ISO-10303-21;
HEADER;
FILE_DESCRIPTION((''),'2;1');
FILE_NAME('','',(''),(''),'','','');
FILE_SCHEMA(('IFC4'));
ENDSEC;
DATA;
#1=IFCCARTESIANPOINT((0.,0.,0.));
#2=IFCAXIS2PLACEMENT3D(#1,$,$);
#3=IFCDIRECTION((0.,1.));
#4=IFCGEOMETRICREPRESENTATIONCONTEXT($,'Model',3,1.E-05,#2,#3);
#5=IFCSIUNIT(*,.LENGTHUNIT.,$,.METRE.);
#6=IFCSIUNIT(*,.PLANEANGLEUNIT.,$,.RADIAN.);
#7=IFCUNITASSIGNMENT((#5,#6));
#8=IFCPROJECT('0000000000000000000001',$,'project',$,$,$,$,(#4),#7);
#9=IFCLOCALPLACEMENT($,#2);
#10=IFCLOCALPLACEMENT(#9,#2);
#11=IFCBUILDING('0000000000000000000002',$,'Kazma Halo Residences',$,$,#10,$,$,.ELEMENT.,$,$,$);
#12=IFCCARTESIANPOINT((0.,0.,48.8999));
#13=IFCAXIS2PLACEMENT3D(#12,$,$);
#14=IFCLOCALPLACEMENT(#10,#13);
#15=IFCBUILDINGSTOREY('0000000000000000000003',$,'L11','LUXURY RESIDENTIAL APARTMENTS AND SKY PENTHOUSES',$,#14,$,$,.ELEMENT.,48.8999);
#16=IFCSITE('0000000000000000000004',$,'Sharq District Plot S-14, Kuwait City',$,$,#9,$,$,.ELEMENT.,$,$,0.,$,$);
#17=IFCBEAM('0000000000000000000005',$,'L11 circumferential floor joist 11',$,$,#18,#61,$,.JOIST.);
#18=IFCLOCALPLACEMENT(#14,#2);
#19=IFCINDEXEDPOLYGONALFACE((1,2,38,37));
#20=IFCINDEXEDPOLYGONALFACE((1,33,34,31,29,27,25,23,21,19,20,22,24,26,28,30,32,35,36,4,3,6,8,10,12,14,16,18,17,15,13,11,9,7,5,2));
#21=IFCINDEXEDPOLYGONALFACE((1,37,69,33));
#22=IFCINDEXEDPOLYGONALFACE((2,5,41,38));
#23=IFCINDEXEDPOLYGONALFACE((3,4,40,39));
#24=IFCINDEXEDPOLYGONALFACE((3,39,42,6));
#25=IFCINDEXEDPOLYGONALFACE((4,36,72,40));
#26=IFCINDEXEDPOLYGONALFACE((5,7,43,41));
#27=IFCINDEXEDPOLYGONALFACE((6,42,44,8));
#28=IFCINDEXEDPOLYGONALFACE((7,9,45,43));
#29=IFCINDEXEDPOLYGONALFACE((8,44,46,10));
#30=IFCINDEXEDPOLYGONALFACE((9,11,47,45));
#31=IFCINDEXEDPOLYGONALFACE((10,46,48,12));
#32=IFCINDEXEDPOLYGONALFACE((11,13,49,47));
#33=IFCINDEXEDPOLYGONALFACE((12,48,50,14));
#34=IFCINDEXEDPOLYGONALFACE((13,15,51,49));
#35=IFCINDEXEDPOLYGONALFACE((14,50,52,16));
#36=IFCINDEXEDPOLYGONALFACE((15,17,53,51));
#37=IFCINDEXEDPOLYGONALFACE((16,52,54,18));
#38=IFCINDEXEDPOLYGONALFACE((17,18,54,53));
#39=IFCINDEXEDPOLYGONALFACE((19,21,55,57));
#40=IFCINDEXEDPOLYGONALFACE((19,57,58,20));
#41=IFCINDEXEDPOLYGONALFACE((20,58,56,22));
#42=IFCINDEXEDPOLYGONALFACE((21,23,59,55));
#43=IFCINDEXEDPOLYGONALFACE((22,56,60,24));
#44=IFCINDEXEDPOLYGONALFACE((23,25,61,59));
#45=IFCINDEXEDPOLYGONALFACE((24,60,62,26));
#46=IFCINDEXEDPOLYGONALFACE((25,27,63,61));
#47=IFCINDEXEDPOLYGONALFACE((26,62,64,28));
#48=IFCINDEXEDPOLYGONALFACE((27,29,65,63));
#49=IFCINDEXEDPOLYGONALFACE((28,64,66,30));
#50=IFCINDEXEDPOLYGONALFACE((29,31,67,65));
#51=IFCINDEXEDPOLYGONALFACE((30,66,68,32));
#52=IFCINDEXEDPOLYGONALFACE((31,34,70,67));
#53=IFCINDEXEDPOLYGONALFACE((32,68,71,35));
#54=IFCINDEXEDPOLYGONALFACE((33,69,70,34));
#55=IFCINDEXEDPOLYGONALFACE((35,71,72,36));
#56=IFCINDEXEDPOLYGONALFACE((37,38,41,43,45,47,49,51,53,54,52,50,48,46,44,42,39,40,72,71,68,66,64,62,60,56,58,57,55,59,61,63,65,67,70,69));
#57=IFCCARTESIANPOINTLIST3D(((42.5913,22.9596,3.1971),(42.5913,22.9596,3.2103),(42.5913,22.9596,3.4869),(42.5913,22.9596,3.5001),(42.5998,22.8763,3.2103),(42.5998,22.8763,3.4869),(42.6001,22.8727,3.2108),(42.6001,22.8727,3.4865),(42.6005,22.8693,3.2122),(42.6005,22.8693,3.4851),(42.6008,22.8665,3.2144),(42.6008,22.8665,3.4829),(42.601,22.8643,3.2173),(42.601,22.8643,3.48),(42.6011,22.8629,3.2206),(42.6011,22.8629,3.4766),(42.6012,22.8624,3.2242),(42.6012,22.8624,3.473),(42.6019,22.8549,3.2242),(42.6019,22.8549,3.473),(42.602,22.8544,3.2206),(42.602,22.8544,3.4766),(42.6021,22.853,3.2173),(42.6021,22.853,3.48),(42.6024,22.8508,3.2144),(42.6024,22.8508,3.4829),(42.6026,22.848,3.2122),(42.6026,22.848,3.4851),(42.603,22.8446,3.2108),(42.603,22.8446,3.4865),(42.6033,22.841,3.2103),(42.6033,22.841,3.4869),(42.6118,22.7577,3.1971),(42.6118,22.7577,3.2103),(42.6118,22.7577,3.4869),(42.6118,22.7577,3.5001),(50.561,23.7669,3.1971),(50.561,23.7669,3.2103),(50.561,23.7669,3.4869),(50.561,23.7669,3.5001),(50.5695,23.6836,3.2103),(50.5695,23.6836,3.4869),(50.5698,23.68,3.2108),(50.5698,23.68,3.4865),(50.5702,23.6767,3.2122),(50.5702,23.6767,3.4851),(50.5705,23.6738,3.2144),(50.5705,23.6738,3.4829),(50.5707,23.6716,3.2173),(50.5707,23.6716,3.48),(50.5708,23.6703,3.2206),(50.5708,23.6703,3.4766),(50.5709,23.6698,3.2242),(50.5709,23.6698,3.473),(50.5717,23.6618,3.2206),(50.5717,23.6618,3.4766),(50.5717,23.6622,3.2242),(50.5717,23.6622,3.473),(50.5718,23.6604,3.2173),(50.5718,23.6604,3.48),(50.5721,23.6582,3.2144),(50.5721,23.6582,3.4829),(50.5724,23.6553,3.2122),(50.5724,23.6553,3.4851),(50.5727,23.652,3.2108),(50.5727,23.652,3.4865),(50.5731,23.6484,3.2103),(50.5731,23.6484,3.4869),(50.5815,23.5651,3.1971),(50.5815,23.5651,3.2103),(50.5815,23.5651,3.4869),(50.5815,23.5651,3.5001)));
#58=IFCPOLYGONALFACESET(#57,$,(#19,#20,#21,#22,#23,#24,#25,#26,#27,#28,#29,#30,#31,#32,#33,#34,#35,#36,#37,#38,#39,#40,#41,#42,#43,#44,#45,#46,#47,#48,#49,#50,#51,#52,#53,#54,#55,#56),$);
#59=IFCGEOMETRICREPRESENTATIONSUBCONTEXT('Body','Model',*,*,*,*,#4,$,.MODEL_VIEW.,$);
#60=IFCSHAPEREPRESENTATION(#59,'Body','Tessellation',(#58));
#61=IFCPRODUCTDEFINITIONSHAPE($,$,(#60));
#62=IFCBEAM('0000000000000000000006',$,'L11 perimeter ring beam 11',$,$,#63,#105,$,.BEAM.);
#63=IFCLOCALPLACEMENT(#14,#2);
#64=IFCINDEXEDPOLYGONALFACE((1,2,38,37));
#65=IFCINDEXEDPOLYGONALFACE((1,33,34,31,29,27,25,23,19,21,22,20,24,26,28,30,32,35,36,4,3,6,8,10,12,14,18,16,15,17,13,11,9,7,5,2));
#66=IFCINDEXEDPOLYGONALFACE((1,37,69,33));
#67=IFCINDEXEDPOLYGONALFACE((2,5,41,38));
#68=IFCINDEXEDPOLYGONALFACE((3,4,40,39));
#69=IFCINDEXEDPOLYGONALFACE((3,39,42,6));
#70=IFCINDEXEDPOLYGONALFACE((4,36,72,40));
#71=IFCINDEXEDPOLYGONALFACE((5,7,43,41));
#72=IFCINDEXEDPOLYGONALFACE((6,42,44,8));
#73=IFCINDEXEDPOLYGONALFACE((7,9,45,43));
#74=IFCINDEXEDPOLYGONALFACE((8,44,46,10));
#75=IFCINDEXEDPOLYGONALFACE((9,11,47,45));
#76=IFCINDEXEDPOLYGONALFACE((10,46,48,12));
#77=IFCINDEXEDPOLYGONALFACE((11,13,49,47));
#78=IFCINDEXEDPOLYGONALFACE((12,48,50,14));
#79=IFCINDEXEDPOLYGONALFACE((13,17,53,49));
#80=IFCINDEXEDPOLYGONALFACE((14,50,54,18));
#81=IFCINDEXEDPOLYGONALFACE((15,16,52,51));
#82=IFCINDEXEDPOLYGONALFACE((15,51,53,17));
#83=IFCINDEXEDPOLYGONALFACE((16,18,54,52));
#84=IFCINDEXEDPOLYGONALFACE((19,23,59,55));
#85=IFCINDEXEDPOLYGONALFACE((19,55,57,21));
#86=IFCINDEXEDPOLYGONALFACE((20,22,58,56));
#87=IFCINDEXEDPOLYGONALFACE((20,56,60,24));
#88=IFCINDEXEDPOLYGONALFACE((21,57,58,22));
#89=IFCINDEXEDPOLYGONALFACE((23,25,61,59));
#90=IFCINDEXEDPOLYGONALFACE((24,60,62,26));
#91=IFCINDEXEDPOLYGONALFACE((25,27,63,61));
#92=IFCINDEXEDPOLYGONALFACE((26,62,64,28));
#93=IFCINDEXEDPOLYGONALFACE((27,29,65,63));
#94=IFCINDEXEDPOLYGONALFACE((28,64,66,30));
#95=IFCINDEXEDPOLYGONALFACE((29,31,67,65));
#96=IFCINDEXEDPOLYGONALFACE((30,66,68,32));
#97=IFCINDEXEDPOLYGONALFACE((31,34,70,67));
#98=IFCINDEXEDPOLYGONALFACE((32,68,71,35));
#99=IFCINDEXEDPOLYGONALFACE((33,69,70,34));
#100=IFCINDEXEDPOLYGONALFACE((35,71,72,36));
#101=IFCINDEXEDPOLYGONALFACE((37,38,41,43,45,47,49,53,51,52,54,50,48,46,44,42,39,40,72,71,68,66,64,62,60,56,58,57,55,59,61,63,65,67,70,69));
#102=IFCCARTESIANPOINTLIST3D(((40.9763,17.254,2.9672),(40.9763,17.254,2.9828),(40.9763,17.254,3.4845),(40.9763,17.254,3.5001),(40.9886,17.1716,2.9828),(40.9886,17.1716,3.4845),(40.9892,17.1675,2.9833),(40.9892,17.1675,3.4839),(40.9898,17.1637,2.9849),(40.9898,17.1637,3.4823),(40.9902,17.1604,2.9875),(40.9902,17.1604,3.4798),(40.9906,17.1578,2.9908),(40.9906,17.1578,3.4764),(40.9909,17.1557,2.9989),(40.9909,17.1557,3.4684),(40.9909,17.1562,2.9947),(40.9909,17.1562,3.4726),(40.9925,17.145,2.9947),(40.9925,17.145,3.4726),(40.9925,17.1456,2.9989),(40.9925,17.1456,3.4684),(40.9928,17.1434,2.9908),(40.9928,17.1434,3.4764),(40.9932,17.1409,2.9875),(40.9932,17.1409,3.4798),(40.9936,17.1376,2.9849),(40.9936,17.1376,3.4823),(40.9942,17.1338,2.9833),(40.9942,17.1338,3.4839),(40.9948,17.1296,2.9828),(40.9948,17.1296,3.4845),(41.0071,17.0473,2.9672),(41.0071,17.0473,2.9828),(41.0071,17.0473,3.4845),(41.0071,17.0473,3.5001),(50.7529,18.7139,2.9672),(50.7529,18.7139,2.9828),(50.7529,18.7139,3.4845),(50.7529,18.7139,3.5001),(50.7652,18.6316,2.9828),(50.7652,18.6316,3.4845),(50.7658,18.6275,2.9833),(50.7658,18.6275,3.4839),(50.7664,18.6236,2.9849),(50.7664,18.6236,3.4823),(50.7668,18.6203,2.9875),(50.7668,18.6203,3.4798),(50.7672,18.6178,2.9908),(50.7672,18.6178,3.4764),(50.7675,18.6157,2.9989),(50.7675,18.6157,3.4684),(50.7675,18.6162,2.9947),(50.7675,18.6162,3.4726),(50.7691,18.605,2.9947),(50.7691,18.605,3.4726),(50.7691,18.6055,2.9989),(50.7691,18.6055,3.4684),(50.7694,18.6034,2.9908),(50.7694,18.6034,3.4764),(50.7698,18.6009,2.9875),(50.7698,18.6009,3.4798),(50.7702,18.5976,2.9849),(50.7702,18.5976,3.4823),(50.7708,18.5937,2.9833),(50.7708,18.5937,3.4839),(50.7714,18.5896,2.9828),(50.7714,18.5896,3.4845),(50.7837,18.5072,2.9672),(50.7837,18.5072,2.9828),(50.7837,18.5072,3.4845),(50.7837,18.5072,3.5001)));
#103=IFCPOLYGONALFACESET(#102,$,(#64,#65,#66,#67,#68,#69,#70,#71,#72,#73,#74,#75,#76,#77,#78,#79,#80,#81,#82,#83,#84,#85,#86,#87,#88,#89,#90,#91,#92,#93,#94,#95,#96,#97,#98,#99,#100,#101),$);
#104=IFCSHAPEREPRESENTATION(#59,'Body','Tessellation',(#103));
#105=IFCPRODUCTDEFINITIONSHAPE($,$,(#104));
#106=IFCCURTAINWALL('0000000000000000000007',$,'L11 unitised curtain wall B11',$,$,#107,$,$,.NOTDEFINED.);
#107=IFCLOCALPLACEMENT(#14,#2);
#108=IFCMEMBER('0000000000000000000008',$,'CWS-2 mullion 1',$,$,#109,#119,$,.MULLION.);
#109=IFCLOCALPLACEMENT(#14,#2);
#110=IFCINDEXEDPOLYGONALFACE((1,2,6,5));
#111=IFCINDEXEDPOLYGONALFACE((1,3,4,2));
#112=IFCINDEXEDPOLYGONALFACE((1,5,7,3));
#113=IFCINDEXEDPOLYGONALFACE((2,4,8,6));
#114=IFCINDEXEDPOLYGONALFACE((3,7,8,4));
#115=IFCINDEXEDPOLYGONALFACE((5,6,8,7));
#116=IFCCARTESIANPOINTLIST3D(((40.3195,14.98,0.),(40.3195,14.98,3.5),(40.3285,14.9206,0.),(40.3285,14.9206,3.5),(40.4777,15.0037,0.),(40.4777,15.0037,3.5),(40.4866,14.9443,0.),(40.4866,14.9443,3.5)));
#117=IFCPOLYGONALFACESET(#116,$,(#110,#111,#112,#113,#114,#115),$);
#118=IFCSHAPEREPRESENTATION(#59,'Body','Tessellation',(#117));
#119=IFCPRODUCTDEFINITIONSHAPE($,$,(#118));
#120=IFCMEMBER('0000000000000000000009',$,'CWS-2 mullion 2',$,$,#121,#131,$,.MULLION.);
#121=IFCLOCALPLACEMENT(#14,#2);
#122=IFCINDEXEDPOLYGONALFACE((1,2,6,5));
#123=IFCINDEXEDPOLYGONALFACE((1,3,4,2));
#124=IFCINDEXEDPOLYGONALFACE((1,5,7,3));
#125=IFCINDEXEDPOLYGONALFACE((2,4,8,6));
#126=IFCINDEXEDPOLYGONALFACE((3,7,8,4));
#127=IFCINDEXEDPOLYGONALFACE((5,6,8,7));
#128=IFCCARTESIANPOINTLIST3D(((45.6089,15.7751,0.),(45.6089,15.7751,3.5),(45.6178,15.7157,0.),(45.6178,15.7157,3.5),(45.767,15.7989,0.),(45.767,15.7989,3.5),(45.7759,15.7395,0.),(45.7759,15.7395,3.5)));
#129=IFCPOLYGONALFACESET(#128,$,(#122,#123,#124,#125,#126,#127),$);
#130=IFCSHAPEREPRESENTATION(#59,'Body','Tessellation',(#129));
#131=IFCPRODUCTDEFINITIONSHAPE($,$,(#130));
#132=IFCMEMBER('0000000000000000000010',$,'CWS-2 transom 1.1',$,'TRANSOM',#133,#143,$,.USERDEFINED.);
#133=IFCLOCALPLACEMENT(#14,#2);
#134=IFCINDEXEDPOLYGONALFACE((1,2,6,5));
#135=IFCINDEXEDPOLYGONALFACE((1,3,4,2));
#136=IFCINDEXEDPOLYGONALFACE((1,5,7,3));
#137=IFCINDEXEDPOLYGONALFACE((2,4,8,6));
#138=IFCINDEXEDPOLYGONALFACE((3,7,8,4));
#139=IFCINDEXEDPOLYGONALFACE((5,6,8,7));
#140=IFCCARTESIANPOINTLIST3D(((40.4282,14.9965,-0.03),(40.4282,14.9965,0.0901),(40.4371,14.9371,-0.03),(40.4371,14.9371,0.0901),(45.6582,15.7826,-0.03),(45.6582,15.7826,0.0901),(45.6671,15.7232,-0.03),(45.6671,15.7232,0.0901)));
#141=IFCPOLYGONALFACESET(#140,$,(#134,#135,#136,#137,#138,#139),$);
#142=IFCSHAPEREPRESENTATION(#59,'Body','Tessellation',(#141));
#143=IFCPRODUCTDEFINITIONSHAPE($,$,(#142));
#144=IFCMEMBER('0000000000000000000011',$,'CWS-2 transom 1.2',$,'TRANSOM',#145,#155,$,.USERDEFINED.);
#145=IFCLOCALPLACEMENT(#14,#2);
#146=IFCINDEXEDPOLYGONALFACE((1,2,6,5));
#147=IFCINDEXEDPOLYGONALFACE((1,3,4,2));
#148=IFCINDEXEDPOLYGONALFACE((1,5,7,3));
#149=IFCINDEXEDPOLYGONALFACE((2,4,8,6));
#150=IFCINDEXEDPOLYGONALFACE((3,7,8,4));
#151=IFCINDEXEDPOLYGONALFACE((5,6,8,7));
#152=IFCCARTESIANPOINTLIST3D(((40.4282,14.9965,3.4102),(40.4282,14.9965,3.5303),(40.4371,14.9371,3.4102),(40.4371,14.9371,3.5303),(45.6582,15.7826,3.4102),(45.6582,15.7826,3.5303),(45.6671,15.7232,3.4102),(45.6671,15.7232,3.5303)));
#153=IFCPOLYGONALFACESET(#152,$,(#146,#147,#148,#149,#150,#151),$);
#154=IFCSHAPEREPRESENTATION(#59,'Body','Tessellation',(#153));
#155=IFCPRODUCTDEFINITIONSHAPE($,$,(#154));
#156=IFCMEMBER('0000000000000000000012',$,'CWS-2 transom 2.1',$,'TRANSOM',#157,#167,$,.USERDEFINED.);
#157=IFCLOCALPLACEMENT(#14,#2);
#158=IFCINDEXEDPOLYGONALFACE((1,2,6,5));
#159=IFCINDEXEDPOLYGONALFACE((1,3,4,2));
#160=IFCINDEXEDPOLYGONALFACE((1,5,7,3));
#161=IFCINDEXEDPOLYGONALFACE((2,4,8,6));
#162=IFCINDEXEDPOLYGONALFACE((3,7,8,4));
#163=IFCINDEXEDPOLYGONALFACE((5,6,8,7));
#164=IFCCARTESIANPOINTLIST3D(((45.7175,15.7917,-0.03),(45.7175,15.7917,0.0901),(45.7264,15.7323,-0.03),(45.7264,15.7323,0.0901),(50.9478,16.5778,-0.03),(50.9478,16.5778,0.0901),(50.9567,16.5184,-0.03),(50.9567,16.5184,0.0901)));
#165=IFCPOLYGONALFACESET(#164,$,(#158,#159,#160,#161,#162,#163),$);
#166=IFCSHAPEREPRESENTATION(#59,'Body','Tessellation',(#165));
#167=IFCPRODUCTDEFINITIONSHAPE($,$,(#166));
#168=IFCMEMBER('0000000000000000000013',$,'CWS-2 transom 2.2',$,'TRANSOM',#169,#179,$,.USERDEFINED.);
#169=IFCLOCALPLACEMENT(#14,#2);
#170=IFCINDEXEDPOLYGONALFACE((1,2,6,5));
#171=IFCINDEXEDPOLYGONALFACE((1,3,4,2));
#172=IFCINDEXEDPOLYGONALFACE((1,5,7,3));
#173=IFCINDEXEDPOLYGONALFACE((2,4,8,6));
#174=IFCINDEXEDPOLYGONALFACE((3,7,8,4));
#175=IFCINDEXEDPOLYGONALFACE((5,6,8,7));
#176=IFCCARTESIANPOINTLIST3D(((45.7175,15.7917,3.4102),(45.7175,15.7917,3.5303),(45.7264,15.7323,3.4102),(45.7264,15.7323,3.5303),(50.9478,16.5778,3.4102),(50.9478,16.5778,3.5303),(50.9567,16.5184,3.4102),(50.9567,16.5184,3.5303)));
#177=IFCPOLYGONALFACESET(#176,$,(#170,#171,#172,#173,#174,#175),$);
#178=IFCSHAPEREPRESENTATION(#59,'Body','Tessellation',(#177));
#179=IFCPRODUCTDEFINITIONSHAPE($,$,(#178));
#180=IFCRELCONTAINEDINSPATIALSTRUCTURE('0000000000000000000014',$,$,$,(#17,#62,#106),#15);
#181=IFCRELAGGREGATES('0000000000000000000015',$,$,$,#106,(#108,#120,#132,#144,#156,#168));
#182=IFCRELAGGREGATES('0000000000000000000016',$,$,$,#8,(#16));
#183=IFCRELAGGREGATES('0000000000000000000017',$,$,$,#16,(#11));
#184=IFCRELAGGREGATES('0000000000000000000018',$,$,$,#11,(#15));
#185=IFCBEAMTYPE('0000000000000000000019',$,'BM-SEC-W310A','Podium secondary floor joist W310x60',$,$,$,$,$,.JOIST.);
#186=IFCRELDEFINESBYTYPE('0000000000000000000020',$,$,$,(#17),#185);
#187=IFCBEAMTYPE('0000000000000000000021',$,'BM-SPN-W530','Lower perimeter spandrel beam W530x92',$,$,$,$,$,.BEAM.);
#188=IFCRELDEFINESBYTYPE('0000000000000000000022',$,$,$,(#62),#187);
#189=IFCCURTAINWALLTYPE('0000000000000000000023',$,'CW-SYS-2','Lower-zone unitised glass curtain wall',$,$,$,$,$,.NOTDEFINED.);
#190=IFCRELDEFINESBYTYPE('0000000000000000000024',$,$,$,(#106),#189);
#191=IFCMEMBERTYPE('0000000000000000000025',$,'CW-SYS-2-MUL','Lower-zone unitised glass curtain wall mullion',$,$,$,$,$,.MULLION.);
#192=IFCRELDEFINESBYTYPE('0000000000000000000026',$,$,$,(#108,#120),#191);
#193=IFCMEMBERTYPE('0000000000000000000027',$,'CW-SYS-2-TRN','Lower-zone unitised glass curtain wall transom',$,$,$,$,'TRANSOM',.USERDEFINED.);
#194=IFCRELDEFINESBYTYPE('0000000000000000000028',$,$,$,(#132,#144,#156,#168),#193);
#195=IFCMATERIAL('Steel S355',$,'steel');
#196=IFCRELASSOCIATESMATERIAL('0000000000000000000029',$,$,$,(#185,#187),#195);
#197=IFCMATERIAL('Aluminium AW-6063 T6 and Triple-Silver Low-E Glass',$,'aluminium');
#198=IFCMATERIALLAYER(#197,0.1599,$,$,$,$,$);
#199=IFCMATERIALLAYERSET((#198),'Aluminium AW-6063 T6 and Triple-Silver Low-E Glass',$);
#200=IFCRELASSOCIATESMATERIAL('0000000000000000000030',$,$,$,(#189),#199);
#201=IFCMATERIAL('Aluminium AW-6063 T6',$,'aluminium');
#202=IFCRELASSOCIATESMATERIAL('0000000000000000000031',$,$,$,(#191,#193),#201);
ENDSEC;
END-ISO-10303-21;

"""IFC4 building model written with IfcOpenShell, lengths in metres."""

from ifc_helpers import new_model, si_unit, direction, frame, origin, origin_2d, place, context, subcontext, project, spatial, rectangle, i_section, extrude, material, layer, layer_set, material_profile, profile_set, type_object, element, aggregate, save


model = new_model("IFC4")

# Units and contexts
model_context = context("Model", 3, precision=1e-05, world=origin(), true_north=direction((0.0, 1.0)))
body_context = subcontext(model_context, "Body", "Model", "MODEL_VIEW")
ifc_project = project(units=[si_unit("LENGTHUNIT", "METRE"), si_unit("PLANEANGLEUNIT", "RADIAN")], contexts=[model_context])

# Site, building, storey
site_placement = place(None, origin())
site = spatial("IfcSite", under=ifc_project, at=site_placement, Name="Sharq District Plot S-14, Kuwait City", CompositionType="ELEMENT", RefElevation=0.0)
building_placement = place(site_placement, origin())
building = spatial("IfcBuilding", under=site, at=building_placement, Name="Kazma Halo Residences", CompositionType="ELEMENT")
storey_placement = place(building_placement, frame((0.0, 0.0, 48.8999)))
storey = spatial("IfcBuildingStorey", under=building, at=storey_placement, Name="L11", Description="LUXURY RESIDENTIAL APARTMENTS AND SKY PENTHOUSES", CompositionType="ELEMENT", Elevation=48.8999)

# Beams
ifc_material_1 = material(Name="Steel S355", Category="steel")
ifc_material_profile_1 = material_profile(ifc_material_1, i_section(OverallWidth=0.2029, OverallDepth=0.303, WebThickness=0.0076, FlangeThickness=0.0132, FilletRadius=0.0139, at=origin_2d()), Name="W310x60")
ifc_profile_set_1 = profile_set([ifc_material_profile_1], Name="Steel S355")
beam_type_1 = type_object("IfcBeamType", Name="BM-SEC-W310A", Description="Podium secondary floor joist W310x60", PredefinedType="JOIST", material=ifc_profile_set_1)
beam_1_placement = place(storey_placement, frame((42.6016, 22.8586, 3.3486), z_axis=(0.994908, 0.100789, 0.0), x_axis=(-0.100789, 0.994908, 0.0)))
element("IfcBeam", 1, at=beam_1_placement, inside=storey, type_object=beam_type_1, Name="L11 circumferential floor joist 11", PredefinedType="JOIST", context=body_context, shape_type="SweptSolid", body=[
    extrude(i_section(OverallWidth=0.2029, OverallDepth=0.303, WebThickness=0.0076, FlangeThickness=0.0132, FilletRadius=0.0139, at=origin_2d()), origin(), (0.0, 0.0, 1.0), 8.0105),
])
ifc_material_profile_2 = material_profile(ifc_material_1, i_section(OverallWidth=0.209, OverallDepth=0.533, WebThickness=0.0103, FlangeThickness=0.0156, FilletRadius=0.0161, at=origin_2d()), Name="W530x92")
ifc_profile_set_2 = profile_set([ifc_material_profile_2], Name="Steel S355")
beam_type_2 = type_object("IfcBeamType", Name="BM-SPN-W530", Description="Lower perimeter spandrel beam W530x92", PredefinedType="BEAM", material=ifc_profile_set_2)
beam_2_placement = place(storey_placement, frame((40.9917, 17.1506, 3.2336), z_axis=(0.989033, 0.147694, 0.0), x_axis=(-0.147694, 0.989033, 0.0)))
element("IfcBeam", 2, at=beam_2_placement, inside=storey, type_object=beam_type_2, Name="L11 perimeter ring beam 11", PredefinedType="BEAM", context=body_context, shape_type="SweptSolid", body=[
    extrude(i_section(OverallWidth=0.209, OverallDepth=0.533, WebThickness=0.0103, FlangeThickness=0.0156, FilletRadius=0.0161, at=origin_2d()), origin(), (0.0, 0.0, 1.0), 9.885),
])

# Curtain wall, members
ifc_material_2 = material(Name="Aluminium AW-6063 T6 and Triple-Silver Low-E Glass", Category="aluminium")
ifc_layer_1 = layer(ifc_material_2, 0.1599)
ifc_layer_set_1 = layer_set([ifc_layer_1], Name="Aluminium AW-6063 T6 and Triple-Silver Low-E Glass")
curtain_wall_type = type_object("IfcCurtainWallType", Name="CW-SYS-2", Description="Lower-zone unitised glass curtain wall", PredefinedType="NOTDEFINED", material=ifc_layer_set_1)
curtain_wall_placement = place(storey_placement, origin())
curtain_wall = element("IfcCurtainWall", 3, at=curtain_wall_placement, inside=storey, type_object=curtain_wall_type, Name="L11 unitised curtain wall B11", PredefinedType="NOTDEFINED")
ifc_material_3 = material(Name="Aluminium AW-6063 T6", Category="aluminium")
ifc_material_profile_3 = material_profile(ifc_material_3, rectangle(XDim=0.0601, YDim=0.1599, at=origin_2d()), Name="CWM-60x160")
ifc_profile_set_3 = profile_set([ifc_material_profile_3], Name="Aluminium AW-6063 T6")
member_type_1 = type_object("IfcMemberType", Name="CW-SYS-2-MUL", Description="Lower-zone unitised glass curtain wall mullion", PredefinedType="MULLION", material=ifc_profile_set_3)
member_1_placement = place(storey_placement, frame((40.4031, 14.9622, 0.0), z_axis=(0.0, 0.0, 1.0), x_axis=(-0.148657, 0.988889, 0.0)))
member_1 = element("IfcMember", 4, at=member_1_placement, type_object=member_type_1, Name="CWS-2 mullion 1", PredefinedType="MULLION", context=body_context, shape_type="SweptSolid", body=[
    extrude(rectangle(XDim=0.0601, YDim=0.1599, at=origin_2d()), origin(), (0.0, 0.0, 1.0), 3.5),
])
member_2_placement = place(storey_placement, frame((45.6924, 15.7573, 0.0), z_axis=(0.0, 0.0, 1.0), x_axis=(-0.148657, 0.988889, 0.0)))
member_2 = element("IfcMember", 5, at=member_2_placement, type_object=member_type_1, Name="CWS-2 mullion 2", PredefinedType="MULLION", context=body_context, shape_type="SweptSolid", body=[
    extrude(rectangle(XDim=0.0601, YDim=0.1599, at=origin_2d()), origin(), (0.0, 0.0, 1.0), 3.5),
])
ifc_material_profile_4 = material_profile(ifc_material_3, rectangle(XDim=0.0601, YDim=0.1201, at=origin_2d()), Name="CWT-60x120")
ifc_profile_set_4 = profile_set([ifc_material_profile_4], Name="Aluminium AW-6063 T6")
member_type_2 = type_object("IfcMemberType", Name="CW-SYS-2-TRN", Description="Lower-zone unitised glass curtain wall transom", ElementType="TRANSOM", PredefinedType="USERDEFINED", material=ifc_profile_set_4)
member_3_placement = place(storey_placement, frame((40.4326, 14.9668, 0.03), z_axis=(0.988891, 0.148643, 0.0), x_axis=(-0.148643, 0.988891, 0.0)))
member_3 = element("IfcMember", 6, at=member_3_placement, type_object=member_type_2, Name="CWS-2 transom 1.1", ObjectType="TRANSOM", PredefinedType="USERDEFINED", context=body_context, shape_type="SweptSolid", body=[
    extrude(rectangle(XDim=0.0601, YDim=0.1201, at=origin_2d()), origin(), (0.0, 0.0, 1.0), 5.2888),
])
member_4_placement = place(storey_placement, frame((40.4326, 14.9668, 3.4702), z_axis=(0.988891, 0.148643, 0.0), x_axis=(-0.148643, 0.988891, 0.0)))
member_4 = element("IfcMember", 7, at=member_4_placement, type_object=member_type_2, Name="CWS-2 transom 1.2", ObjectType="TRANSOM", PredefinedType="USERDEFINED", context=body_context, shape_type="SweptSolid", body=[
    extrude(rectangle(XDim=0.0601, YDim=0.1201, at=origin_2d()), origin(), (0.0, 0.0, 1.0), 5.2888),
])
member_5_placement = place(storey_placement, frame((45.7219, 15.762, 0.03), z_axis=(0.988892, 0.148636, 0.0), x_axis=(-0.148636, 0.988892, 0.0)))
member_5 = element("IfcMember", 8, at=member_5_placement, type_object=member_type_2, Name="CWS-2 transom 2.1", ObjectType="TRANSOM", PredefinedType="USERDEFINED", context=body_context, shape_type="SweptSolid", body=[
    extrude(rectangle(XDim=0.0601, YDim=0.1201, at=origin_2d()), origin(), (0.0, 0.0, 1.0), 5.2891),
])
member_6_placement = place(storey_placement, frame((45.7219, 15.762, 3.4702), z_axis=(0.988892, 0.148636, 0.0), x_axis=(-0.148636, 0.988892, 0.0)))
member_6 = element("IfcMember", 9, at=member_6_placement, type_object=member_type_2, Name="CWS-2 transom 2.2", ObjectType="TRANSOM", PredefinedType="USERDEFINED", context=body_context, shape_type="SweptSolid", body=[
    extrude(rectangle(XDim=0.0601, YDim=0.1201, at=origin_2d()), origin(), (0.0, 0.0, 1.0), 5.2891),
])
aggregate(curtain_wall, [member_1, member_2, member_3, member_4, member_5, member_6])

save(model, "model.ifc")
